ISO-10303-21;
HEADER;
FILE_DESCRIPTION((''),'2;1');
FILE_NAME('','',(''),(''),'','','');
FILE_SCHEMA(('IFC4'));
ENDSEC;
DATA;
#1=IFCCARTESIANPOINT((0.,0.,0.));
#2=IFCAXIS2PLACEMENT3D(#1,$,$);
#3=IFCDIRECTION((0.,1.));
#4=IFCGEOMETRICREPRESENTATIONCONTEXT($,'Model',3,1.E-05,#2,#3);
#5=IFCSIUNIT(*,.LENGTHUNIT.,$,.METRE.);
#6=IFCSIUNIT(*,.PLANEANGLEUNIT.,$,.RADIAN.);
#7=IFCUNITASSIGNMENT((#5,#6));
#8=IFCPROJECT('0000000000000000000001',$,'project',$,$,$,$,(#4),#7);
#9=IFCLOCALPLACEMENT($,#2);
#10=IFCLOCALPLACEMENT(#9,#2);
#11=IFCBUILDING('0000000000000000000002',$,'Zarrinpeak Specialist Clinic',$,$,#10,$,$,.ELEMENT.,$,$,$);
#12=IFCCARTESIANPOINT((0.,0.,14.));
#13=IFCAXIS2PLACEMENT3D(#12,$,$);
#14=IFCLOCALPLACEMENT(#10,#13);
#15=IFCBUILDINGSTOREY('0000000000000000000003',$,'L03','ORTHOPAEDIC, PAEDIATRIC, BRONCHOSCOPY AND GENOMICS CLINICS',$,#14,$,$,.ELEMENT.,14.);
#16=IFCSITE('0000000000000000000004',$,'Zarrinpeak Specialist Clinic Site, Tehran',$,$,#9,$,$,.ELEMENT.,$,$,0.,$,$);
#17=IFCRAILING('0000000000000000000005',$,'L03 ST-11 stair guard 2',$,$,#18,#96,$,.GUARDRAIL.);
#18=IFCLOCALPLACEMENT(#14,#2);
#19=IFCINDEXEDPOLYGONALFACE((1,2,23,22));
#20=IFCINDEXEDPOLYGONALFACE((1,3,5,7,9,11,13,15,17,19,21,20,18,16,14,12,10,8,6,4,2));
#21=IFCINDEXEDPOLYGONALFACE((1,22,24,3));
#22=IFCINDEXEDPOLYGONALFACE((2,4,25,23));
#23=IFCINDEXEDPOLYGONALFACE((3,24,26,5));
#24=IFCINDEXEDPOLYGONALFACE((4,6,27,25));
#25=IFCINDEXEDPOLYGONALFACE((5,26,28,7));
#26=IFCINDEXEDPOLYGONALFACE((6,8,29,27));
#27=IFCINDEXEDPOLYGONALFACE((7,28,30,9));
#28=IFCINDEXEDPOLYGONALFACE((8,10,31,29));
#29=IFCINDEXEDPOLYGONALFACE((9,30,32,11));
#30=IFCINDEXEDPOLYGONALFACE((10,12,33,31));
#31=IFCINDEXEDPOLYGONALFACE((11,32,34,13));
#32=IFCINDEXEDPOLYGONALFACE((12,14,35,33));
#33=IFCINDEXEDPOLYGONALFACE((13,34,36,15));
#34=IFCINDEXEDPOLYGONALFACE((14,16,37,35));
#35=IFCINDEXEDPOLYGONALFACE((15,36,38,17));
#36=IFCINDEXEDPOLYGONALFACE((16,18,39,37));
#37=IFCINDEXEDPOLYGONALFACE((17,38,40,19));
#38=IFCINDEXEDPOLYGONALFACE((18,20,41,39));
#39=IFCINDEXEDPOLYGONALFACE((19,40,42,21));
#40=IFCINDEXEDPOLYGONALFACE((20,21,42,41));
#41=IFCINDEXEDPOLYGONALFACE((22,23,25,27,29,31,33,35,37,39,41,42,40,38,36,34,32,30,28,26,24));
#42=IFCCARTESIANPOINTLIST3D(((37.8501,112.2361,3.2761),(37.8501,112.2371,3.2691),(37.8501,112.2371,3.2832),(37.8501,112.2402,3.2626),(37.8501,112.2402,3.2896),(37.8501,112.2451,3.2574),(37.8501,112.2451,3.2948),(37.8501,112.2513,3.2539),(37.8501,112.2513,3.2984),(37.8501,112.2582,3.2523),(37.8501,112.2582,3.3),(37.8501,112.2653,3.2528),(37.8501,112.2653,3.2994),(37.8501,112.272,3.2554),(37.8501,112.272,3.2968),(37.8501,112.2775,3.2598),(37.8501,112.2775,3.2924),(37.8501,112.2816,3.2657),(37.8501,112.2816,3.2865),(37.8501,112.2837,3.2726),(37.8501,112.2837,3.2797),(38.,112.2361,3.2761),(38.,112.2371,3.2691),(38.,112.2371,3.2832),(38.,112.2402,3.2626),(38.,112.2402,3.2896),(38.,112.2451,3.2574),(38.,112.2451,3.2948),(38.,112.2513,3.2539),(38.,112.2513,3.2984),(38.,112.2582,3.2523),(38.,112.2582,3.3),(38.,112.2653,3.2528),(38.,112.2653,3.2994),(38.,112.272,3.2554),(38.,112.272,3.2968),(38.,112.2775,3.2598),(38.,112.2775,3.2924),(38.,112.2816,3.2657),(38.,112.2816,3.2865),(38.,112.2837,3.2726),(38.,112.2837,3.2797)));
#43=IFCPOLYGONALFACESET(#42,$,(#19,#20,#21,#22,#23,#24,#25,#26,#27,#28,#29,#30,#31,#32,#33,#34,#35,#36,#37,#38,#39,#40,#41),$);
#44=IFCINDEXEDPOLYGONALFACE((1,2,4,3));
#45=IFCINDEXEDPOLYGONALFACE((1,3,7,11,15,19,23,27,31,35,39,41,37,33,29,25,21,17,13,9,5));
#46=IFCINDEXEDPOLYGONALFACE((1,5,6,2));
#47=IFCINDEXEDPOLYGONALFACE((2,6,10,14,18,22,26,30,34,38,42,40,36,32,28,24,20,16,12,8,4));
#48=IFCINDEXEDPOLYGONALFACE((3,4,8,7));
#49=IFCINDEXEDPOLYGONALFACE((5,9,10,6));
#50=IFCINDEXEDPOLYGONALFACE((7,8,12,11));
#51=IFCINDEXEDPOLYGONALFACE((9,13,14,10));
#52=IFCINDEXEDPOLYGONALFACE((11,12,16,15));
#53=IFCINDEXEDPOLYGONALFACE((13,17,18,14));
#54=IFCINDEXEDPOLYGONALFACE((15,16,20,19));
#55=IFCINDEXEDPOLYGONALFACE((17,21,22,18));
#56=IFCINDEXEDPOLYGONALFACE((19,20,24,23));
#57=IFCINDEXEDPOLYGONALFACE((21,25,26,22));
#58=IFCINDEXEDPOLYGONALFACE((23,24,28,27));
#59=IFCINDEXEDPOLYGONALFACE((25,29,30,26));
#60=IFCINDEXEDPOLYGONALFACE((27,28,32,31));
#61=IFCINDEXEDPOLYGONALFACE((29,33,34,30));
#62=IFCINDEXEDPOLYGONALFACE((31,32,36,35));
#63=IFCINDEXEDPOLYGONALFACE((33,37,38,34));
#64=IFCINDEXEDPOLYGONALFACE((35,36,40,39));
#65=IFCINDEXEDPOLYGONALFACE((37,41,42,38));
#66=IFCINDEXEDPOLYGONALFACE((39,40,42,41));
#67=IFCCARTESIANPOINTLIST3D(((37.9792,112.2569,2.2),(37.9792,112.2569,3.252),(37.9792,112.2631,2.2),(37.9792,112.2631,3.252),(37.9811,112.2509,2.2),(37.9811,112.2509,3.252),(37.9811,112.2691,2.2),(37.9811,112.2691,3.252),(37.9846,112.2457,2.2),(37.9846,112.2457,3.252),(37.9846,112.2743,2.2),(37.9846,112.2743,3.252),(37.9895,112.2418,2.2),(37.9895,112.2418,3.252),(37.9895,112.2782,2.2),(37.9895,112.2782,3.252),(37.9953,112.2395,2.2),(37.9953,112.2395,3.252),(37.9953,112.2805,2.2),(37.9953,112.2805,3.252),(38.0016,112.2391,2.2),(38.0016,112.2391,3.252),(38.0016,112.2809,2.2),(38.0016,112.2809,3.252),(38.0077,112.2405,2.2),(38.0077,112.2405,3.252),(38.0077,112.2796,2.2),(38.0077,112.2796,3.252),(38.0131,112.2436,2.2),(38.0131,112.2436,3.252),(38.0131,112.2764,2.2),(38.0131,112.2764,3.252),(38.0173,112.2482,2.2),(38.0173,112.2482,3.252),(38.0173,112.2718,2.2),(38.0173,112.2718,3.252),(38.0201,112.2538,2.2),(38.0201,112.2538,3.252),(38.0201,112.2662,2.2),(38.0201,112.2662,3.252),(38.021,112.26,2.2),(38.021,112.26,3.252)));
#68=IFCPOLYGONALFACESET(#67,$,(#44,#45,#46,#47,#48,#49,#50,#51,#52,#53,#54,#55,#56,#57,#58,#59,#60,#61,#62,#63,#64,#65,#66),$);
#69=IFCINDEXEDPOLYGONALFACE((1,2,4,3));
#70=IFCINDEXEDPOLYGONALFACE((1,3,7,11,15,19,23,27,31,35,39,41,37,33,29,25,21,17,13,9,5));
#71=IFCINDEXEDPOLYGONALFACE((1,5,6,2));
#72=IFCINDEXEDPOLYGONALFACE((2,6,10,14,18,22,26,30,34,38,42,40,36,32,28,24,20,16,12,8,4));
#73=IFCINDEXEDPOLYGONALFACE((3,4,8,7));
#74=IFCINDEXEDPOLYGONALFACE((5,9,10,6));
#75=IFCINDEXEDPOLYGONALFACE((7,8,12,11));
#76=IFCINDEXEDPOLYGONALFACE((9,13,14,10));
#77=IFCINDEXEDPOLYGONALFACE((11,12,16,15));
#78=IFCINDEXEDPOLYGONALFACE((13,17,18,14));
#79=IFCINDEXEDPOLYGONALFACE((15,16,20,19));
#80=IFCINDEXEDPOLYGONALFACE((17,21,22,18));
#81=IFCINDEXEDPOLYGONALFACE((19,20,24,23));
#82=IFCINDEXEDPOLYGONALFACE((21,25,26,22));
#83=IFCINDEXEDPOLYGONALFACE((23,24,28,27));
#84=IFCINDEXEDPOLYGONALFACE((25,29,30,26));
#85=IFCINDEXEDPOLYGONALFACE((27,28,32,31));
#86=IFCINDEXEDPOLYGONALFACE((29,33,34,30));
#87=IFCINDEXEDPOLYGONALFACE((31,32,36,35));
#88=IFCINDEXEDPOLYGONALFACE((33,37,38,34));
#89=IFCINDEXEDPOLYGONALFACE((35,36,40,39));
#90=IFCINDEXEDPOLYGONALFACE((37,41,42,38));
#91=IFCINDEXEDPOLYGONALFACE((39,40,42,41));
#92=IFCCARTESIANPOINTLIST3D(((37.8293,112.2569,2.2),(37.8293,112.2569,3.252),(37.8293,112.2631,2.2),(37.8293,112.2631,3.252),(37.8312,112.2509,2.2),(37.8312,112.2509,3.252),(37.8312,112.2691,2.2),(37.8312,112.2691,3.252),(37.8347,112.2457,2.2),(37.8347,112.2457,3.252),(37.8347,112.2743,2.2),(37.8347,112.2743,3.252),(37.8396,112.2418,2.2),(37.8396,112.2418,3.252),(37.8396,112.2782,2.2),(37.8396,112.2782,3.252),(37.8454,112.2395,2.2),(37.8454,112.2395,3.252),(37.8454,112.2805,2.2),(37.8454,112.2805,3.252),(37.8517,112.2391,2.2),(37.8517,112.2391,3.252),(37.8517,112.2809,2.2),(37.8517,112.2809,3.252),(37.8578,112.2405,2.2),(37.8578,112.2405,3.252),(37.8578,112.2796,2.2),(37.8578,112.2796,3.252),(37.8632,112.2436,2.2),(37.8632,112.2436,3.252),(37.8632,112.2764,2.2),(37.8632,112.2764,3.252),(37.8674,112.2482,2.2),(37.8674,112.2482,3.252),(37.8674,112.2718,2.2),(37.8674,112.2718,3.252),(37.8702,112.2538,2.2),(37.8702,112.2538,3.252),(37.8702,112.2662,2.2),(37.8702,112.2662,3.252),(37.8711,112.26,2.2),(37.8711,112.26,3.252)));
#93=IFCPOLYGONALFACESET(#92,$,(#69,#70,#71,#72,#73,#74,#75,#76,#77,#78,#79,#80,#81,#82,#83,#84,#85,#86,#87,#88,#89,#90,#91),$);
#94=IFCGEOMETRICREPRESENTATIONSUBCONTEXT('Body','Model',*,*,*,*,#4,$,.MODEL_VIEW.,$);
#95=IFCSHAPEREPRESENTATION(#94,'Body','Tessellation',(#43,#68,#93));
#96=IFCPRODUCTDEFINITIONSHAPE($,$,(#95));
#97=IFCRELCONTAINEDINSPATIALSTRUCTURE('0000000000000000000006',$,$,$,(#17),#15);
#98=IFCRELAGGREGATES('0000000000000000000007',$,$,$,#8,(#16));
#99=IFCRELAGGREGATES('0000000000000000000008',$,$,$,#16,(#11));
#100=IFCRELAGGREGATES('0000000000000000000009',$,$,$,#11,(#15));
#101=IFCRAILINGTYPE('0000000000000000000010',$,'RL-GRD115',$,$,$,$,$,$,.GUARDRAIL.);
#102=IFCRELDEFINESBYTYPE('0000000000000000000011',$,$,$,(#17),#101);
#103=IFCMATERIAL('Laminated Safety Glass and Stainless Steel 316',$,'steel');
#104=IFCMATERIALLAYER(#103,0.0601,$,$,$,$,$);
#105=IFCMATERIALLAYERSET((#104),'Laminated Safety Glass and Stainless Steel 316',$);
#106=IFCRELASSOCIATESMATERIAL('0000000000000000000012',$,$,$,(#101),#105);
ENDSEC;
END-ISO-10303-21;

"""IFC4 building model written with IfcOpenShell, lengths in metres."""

from ifc_helpers import new_model, si_unit, direction, frame, origin, origin_2d, place, context, subcontext, project, spatial, circle, extrude, material, layer, layer_set, type_object, element, save


model = new_model("IFC4")

# Units and contexts
model_context = context("Model", 3, precision=1e-05, world=origin(), true_north=direction((0.0, 1.0)))
body_context = subcontext(model_context, "Body", "Model", "MODEL_VIEW")
ifc_project = project(units=[si_unit("LENGTHUNIT", "METRE"), si_unit("PLANEANGLEUNIT", "RADIAN")], contexts=[model_context])

# Site, building, storey
site_placement = place(None, origin())
site = spatial("IfcSite", under=ifc_project, at=site_placement, Name="Zarrinpeak Specialist Clinic Site, Tehran", CompositionType="ELEMENT", RefElevation=0.0)
building_placement = place(site_placement, origin())
building = spatial("IfcBuilding", under=site, at=building_placement, Name="Zarrinpeak Specialist Clinic", CompositionType="ELEMENT")
storey_placement = place(building_placement, frame((0.0, 0.0, 14.0)))
storey = spatial("IfcBuildingStorey", under=building, at=storey_placement, Name="L03", Description="ORTHOPAEDIC, PAEDIATRIC, BRONCHOSCOPY AND GENOMICS CLINICS", CompositionType="ELEMENT", Elevation=14.0)

# Railing
ifc_material_1 = material(Name="Laminated Safety Glass and Stainless Steel 316", Category="steel")
ifc_layer_1 = layer(ifc_material_1, 0.0601)
ifc_layer_set_1 = layer_set([ifc_layer_1], Name="Laminated Safety Glass and Stainless Steel 316")
railing_type_1 = type_object("IfcRailingType", Name="RL-GRD115", PredefinedType="GUARDRAIL", material=ifc_layer_set_1)
railing_1_placement = place(storey_placement, frame((38.0, 112.26, 2.2)))
element("IfcRailing", 1, at=railing_1_placement, inside=storey, type_object=railing_type_1, Name="L03 ST-11 stair guard 2", PredefinedType="GUARDRAIL", context=body_context, shape_type="SweptSolid", body=[
    extrude(circle(Radius=0.0239, at=origin_2d()), frame((0.0, 0.0, 1.0762), z_axis=(-1.0, 0.0, 0.0), x_axis=(0.0, -1.0, 0.0)), (0.0, 0.0, 1.0), 0.1499),
    extrude(circle(Radius=0.021, at=origin_2d()), origin(), (0.0, 0.0, 1.0), 1.052),
    extrude(circle(Radius=0.021, at=origin_2d()), frame((-0.1499, 0.0, 0.0)), (0.0, 0.0, 1.0), 1.052),
])

save(model, "model.ifc")
